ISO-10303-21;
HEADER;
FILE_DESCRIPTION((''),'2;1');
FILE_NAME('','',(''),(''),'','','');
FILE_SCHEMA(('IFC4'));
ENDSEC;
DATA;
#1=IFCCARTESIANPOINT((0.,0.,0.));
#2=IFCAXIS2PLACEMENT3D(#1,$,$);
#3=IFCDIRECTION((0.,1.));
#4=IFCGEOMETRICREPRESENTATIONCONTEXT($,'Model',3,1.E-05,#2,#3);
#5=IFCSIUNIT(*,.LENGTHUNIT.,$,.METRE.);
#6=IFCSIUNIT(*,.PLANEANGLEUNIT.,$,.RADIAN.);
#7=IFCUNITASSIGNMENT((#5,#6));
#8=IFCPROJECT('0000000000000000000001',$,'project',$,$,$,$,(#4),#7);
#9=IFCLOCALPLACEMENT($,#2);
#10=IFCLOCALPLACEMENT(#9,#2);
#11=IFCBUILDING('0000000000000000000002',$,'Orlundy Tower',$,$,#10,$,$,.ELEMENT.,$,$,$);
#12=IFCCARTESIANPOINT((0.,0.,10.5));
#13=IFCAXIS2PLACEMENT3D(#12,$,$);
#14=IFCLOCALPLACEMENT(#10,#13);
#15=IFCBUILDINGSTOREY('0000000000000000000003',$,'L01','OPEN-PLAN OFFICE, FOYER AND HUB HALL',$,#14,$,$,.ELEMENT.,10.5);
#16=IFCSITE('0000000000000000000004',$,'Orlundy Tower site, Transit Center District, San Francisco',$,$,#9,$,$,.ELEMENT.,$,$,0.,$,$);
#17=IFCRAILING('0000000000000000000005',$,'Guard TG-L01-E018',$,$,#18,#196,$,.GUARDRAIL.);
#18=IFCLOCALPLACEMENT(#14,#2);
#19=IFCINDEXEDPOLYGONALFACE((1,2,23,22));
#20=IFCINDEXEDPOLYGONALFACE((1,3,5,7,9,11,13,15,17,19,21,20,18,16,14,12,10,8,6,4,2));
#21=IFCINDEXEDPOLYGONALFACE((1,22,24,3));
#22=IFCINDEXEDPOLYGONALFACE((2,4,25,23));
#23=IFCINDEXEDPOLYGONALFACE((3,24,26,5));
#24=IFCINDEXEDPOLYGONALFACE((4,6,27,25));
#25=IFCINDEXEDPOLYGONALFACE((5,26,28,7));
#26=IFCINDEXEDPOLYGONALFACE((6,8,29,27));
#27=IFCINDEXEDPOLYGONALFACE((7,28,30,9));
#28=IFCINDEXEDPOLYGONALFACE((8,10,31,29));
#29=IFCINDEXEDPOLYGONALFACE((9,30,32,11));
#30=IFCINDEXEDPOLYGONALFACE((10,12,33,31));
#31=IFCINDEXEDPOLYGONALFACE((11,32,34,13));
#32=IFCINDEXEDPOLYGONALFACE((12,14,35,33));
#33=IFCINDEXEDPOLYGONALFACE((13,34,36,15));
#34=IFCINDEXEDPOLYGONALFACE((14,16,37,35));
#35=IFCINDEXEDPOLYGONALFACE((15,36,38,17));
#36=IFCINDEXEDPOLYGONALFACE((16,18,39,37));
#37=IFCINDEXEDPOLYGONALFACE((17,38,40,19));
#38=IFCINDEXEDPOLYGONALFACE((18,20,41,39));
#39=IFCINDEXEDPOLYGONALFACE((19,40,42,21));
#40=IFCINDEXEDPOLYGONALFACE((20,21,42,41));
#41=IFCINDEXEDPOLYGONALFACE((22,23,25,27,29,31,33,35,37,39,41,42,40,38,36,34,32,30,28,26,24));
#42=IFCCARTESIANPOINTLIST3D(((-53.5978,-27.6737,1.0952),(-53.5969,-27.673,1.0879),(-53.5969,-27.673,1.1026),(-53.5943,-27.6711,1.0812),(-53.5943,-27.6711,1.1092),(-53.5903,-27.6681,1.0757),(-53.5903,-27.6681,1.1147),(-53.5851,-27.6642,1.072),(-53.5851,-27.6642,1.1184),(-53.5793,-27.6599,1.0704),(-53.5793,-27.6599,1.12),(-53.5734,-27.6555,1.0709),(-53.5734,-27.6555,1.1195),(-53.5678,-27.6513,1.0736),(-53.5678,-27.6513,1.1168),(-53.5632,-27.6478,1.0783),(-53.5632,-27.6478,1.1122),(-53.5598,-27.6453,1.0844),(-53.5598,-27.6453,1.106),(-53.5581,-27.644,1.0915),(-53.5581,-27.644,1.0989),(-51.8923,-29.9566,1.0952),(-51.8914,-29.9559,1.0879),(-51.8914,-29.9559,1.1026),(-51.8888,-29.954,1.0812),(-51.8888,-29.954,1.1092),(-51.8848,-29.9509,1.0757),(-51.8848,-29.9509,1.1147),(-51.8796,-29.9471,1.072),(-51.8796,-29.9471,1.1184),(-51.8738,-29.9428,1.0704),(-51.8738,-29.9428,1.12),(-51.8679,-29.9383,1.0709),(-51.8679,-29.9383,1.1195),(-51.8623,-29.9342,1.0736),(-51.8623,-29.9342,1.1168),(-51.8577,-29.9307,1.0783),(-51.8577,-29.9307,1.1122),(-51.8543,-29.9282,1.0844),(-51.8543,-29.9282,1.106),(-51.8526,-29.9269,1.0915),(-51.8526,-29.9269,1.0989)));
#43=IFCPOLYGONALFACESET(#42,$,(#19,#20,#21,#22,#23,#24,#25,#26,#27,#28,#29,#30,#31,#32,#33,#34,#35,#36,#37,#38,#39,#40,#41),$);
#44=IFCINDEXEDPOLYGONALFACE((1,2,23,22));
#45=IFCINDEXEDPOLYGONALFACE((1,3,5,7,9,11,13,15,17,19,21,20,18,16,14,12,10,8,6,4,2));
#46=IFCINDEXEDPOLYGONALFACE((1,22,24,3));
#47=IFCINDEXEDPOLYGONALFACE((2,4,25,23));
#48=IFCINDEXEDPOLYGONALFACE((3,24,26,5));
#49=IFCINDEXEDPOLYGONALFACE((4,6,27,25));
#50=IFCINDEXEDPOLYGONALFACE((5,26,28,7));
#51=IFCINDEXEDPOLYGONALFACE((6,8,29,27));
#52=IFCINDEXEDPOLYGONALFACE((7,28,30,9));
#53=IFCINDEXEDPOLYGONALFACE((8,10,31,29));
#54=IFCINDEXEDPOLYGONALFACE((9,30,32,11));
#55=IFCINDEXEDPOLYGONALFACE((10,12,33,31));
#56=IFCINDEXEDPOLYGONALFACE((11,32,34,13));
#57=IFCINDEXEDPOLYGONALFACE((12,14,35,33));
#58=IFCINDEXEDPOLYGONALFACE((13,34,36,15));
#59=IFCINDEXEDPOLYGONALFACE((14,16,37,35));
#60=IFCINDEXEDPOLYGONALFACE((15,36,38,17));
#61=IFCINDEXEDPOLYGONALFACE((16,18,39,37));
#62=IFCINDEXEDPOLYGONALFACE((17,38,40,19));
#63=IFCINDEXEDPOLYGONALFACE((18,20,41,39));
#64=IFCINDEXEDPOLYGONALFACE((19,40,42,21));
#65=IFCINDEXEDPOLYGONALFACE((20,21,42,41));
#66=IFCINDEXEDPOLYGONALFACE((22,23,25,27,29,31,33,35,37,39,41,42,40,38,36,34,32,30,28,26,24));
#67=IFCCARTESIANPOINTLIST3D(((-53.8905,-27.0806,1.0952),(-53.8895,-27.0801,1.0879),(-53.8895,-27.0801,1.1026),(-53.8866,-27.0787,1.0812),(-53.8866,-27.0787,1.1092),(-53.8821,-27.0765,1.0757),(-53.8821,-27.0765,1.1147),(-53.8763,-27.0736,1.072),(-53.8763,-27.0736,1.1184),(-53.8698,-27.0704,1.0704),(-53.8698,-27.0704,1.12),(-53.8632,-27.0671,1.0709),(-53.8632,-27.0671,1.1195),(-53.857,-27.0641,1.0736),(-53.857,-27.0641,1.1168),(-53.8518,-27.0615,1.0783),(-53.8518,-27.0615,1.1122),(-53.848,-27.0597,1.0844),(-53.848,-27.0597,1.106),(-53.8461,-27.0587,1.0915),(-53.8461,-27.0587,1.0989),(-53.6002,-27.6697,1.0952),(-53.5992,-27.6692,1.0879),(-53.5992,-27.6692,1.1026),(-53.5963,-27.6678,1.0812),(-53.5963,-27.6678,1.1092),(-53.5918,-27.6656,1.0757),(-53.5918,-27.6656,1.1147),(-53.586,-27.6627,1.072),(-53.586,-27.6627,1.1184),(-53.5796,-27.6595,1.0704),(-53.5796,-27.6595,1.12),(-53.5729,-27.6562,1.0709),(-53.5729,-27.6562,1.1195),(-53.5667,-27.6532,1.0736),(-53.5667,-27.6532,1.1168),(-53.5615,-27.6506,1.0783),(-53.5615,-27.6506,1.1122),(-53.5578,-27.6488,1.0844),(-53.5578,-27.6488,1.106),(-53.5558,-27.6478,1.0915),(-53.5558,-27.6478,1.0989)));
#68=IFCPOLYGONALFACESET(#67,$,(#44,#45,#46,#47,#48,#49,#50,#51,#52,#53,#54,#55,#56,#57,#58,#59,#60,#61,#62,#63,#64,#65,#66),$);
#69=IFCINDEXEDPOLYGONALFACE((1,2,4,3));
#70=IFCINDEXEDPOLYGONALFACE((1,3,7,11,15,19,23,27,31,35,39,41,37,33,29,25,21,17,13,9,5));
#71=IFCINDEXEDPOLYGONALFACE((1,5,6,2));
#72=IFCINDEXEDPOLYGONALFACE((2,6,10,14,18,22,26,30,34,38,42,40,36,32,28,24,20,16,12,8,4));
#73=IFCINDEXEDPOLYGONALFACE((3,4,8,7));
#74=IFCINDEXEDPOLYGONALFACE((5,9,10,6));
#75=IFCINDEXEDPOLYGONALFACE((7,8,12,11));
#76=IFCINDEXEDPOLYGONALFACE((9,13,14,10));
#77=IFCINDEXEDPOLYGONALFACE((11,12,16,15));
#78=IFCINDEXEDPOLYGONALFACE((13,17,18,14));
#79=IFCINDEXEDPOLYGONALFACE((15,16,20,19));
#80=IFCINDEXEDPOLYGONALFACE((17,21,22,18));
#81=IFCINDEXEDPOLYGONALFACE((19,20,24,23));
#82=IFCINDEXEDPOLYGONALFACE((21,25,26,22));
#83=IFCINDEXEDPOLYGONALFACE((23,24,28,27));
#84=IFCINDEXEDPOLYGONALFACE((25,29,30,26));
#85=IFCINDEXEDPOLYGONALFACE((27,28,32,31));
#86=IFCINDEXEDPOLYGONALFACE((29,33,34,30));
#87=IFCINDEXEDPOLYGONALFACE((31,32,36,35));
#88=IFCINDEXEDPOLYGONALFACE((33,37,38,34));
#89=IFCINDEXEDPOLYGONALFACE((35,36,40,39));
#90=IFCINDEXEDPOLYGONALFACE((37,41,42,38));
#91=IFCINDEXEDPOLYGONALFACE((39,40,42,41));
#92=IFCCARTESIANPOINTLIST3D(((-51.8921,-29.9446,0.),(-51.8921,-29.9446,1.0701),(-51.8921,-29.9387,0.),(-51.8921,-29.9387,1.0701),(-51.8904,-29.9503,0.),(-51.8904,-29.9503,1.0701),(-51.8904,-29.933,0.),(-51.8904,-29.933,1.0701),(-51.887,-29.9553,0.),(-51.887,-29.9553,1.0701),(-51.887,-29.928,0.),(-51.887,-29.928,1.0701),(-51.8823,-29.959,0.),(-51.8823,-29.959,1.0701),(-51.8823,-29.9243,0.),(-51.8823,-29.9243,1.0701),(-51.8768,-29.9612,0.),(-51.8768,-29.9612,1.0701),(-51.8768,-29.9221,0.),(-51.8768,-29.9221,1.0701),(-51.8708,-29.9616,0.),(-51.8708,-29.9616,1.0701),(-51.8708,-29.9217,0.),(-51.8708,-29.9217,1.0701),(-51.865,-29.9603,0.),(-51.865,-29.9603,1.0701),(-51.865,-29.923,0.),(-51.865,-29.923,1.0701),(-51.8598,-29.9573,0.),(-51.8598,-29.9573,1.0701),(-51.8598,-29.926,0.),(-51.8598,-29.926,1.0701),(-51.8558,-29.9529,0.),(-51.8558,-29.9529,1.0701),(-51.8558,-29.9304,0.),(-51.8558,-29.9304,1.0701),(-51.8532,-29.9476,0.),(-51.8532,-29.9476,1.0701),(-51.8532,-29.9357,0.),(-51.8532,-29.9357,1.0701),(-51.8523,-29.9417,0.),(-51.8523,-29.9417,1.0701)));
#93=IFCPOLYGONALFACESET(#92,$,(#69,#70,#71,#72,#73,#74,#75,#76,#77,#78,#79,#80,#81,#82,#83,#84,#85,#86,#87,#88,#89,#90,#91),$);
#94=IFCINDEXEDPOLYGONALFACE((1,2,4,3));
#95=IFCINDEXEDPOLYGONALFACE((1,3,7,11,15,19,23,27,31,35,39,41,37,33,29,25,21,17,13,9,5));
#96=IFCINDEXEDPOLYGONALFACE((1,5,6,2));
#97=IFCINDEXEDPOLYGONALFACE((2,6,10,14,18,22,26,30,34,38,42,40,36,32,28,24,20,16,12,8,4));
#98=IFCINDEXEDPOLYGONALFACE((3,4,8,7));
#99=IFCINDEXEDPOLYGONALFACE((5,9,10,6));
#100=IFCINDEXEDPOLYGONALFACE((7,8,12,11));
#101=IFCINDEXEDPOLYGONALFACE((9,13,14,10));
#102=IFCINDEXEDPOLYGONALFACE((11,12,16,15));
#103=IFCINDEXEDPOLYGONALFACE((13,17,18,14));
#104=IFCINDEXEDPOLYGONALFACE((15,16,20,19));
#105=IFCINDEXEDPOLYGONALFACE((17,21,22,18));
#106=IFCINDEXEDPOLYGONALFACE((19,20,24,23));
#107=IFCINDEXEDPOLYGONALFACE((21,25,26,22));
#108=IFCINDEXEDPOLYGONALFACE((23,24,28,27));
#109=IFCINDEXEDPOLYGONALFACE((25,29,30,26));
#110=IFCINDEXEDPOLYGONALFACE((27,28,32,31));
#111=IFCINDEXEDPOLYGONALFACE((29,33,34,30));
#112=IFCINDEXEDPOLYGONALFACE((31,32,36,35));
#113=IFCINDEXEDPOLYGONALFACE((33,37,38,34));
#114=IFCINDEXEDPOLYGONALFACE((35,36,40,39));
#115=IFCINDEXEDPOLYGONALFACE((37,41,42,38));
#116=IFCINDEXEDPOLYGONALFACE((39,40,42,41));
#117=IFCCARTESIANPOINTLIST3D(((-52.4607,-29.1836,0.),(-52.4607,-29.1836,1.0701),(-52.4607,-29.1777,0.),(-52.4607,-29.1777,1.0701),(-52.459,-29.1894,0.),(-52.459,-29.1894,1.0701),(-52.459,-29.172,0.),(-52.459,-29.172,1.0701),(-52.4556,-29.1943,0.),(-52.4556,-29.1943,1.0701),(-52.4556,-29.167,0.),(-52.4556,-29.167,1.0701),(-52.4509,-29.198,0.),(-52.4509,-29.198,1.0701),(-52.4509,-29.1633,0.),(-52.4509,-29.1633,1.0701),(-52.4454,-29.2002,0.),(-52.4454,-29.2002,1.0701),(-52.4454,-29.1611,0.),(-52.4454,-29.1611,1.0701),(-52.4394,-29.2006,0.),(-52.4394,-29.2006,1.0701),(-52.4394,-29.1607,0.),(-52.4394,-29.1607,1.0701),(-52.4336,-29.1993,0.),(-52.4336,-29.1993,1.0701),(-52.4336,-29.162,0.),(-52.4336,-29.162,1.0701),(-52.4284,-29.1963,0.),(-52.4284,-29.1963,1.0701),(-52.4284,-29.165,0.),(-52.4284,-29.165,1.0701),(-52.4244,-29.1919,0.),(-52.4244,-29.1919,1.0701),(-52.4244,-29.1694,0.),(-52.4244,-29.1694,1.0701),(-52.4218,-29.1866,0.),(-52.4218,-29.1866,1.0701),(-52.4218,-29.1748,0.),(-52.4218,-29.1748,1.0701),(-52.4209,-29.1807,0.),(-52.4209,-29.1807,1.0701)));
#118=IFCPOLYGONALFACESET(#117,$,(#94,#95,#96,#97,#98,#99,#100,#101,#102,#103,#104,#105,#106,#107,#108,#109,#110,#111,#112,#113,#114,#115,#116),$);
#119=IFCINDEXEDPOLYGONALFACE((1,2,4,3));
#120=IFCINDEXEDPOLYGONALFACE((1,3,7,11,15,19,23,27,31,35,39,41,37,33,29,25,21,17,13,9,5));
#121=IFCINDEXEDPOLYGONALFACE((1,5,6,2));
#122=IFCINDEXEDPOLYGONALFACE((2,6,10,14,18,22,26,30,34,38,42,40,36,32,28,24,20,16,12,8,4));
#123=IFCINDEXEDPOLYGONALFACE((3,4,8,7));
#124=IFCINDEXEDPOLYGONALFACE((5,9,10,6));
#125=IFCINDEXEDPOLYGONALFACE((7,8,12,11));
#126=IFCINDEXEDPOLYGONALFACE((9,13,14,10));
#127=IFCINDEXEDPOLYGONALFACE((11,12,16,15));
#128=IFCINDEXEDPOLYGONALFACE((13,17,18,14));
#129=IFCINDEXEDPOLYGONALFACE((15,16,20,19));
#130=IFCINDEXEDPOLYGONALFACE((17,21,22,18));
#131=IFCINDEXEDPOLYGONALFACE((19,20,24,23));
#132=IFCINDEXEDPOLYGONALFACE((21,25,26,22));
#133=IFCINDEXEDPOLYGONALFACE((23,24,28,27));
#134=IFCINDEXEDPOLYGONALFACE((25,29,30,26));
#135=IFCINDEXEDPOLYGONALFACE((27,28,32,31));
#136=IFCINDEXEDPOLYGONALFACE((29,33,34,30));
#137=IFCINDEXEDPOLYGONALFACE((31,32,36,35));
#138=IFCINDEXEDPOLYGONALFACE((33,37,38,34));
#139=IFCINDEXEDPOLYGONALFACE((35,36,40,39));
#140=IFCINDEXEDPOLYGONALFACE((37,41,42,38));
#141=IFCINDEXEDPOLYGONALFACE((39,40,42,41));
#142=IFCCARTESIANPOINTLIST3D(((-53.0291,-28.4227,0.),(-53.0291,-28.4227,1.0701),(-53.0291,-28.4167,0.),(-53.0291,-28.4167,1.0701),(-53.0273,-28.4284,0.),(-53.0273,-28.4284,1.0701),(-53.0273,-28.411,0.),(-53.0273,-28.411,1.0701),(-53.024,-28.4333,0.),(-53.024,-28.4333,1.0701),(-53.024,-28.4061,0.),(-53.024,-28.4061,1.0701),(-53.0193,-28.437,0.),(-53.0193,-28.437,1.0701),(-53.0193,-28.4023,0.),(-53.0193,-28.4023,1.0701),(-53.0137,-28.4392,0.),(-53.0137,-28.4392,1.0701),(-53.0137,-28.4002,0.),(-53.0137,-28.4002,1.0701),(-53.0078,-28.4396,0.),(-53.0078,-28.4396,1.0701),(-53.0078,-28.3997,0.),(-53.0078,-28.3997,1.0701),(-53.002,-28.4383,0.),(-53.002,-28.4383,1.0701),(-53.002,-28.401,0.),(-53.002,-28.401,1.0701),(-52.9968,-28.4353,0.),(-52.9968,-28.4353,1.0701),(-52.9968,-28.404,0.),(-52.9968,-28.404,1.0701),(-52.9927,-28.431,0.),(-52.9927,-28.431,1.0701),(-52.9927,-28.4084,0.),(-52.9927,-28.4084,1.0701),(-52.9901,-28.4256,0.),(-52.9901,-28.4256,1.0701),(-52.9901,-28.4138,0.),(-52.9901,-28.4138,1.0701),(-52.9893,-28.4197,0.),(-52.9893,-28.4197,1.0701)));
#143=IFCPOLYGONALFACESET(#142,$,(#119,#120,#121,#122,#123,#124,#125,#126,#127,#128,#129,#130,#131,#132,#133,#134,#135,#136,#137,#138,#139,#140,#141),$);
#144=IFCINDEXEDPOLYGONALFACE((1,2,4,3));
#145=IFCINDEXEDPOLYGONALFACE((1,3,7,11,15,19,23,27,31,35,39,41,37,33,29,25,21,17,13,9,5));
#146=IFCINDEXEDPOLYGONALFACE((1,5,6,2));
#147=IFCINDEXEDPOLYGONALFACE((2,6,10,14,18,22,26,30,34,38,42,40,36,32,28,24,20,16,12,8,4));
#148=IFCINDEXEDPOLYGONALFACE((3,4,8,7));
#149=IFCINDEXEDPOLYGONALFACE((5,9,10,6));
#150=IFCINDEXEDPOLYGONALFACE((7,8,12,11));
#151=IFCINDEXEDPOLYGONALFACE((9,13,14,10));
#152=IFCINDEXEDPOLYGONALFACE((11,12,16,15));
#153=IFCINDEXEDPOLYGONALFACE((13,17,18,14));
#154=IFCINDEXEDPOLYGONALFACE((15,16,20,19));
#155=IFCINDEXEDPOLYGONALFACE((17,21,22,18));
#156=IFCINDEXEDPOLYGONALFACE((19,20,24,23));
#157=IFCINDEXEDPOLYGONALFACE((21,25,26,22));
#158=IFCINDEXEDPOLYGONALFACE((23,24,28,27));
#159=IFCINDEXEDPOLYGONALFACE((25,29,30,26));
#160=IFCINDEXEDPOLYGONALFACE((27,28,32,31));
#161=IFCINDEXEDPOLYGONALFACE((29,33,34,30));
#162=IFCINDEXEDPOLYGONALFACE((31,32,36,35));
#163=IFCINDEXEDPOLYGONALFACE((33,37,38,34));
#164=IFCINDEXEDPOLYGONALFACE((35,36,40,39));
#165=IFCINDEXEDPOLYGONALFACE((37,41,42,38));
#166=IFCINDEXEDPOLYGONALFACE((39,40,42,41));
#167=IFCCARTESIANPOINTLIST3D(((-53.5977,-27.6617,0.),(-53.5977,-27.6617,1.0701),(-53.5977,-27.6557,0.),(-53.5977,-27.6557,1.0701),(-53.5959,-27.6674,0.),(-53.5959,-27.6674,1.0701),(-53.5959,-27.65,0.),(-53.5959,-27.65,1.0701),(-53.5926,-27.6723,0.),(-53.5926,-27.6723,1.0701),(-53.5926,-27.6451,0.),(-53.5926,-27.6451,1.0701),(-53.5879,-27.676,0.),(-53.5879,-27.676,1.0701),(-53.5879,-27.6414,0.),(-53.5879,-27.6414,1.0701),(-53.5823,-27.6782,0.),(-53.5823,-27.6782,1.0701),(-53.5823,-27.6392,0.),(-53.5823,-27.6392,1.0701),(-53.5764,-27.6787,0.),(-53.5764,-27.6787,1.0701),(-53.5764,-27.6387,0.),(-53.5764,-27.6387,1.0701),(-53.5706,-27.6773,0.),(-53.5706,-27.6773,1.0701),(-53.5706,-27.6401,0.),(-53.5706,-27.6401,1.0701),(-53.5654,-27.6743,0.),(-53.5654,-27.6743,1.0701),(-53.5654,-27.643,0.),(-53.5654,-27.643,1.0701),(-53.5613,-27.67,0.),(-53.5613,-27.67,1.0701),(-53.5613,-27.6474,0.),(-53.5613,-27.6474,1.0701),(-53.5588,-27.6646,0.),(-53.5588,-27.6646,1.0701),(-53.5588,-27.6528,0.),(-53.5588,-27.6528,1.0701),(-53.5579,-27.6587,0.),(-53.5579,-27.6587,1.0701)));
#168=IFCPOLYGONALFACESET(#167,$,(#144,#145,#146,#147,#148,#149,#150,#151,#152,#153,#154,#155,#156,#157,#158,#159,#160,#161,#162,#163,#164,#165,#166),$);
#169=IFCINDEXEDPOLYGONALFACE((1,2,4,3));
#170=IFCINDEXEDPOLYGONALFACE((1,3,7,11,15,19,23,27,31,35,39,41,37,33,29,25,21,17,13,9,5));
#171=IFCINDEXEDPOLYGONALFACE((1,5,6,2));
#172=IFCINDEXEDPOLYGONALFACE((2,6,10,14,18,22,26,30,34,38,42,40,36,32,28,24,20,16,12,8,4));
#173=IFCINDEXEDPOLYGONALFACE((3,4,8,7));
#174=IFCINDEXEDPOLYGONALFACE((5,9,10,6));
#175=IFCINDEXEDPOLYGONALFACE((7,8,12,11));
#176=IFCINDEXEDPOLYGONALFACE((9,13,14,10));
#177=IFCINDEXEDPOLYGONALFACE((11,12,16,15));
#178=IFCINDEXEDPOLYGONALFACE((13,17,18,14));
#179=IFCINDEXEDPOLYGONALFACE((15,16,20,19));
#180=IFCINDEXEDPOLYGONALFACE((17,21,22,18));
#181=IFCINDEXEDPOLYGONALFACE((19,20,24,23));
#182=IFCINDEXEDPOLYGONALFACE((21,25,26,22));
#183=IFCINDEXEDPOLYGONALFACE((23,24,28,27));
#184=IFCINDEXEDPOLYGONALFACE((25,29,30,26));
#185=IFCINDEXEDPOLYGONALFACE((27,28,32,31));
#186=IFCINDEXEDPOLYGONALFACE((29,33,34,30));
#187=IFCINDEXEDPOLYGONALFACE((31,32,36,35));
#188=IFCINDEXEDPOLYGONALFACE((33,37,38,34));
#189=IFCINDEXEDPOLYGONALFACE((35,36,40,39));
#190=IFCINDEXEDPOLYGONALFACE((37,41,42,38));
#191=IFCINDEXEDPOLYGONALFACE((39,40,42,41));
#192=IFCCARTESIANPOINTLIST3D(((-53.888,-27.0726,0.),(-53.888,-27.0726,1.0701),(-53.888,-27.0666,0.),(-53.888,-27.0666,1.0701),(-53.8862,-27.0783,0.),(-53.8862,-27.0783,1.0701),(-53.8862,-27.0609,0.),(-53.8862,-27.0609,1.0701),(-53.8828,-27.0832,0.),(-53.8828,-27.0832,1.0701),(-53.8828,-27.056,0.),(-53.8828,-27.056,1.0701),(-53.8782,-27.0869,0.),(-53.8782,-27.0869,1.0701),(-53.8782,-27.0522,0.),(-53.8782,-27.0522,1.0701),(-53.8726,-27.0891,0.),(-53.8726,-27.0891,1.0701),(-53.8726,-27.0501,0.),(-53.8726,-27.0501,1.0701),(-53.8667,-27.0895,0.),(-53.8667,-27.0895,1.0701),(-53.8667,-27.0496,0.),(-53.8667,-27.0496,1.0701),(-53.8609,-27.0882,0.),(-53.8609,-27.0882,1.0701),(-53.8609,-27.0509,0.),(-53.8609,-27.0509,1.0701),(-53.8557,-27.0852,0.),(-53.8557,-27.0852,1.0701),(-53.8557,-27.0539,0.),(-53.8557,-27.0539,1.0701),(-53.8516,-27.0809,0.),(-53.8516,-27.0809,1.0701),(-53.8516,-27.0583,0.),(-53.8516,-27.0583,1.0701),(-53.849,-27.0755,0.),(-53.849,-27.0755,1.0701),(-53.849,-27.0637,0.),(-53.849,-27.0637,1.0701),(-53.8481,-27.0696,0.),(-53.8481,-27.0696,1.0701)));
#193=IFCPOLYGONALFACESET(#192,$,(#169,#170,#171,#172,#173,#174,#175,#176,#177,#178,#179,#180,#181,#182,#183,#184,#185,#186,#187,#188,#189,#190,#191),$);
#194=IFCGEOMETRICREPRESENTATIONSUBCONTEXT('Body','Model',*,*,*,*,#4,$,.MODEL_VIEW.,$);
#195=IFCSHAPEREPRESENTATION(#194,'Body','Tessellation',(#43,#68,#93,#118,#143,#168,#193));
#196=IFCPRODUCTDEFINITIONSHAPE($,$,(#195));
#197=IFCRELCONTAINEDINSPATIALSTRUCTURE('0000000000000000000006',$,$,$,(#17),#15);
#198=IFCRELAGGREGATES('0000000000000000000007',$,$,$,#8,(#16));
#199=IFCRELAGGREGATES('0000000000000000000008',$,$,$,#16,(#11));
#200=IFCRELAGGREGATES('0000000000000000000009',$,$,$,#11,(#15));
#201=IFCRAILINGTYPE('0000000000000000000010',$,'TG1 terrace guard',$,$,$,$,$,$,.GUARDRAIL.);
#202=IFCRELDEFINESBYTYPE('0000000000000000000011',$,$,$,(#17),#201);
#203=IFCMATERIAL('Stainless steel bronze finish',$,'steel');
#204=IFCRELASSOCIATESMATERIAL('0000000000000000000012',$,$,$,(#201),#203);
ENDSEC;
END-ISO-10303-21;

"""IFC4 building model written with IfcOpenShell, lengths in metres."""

from ifc_helpers import new_model, si_unit, direction, frame, origin, origin_2d, place, context, subcontext, project, spatial, circle, extrude, material, type_object, element, save


model = new_model("IFC4")

# Units and contexts
model_context = context("Model", 3, precision=1e-05, world=origin(), true_north=direction((0.0, 1.0)))
body_context = subcontext(model_context, "Body", "Model", "MODEL_VIEW")
ifc_project = project(units=[si_unit("LENGTHUNIT", "METRE"), si_unit("PLANEANGLEUNIT", "RADIAN")], contexts=[model_context])

# Site, building, storey
site_placement = place(None, origin())
site = spatial("IfcSite", under=ifc_project, at=site_placement, Name="Orlundy Tower site, Transit Center District, San Francisco", CompositionType="ELEMENT", RefElevation=0.0)
building_placement = place(site_placement, origin())
building = spatial("IfcBuilding", under=site, at=building_placement, Name="Orlundy Tower", CompositionType="ELEMENT")
storey_placement = place(building_placement, frame((0.0, 0.0, 10.5)))
storey = spatial("IfcBuildingStorey", under=building, at=storey_placement, Name="L01", Description="OPEN-PLAN OFFICE, FOYER AND HUB HALL", CompositionType="ELEMENT", Elevation=10.5)

# Railing
ifc_material_1 = material(Name="Stainless steel bronze finish", Category="steel")
railing_type = type_object("IfcRailingType", Name="TG1 terrace guard", PredefinedType="GUARDRAIL", material=ifc_material_1)
railing_1_placement = place(storey_placement, frame((-51.8723, -29.9417, 0.0)))
element("IfcRailing", 1, at=railing_1_placement, inside=storey, type_object=railing_type, Name="Guard TG-L01-E018", PredefinedType="GUARDRAIL", context=body_context, shape_type="SweptSolid", body=[
    extrude(circle(Radius=0.0249, at=origin_2d()), frame((0.0, 0.0, 1.0952), z_axis=(-0.598505, 0.801119, 0.0), x_axis=(-0.801119, -0.598505, 0.0)), (0.0, 0.0, 1.0), 2.8496),
    extrude(circle(Radius=0.0249, at=origin_2d()), frame((-1.7056, 2.283, 1.0952), z_axis=(-0.442002, 0.897014, 0.0), x_axis=(-0.897014, -0.442002, 0.0)), (0.0, 0.0, 1.0), 0.6567),
    extrude(circle(Radius=0.02, at=origin_2d()), origin(), (0.0, 0.0, 1.0), 1.0701),
    extrude(circle(Radius=0.02, at=origin_2d()), frame((-0.5686, 0.761, 0.0)), (0.0, 0.0, 1.0), 1.0701),
    extrude(circle(Radius=0.02, at=origin_2d()), frame((-1.137, 1.522, 0.0)), (0.0, 0.0, 1.0), 1.0701),
    extrude(circle(Radius=0.02, at=origin_2d()), frame((-1.7056, 2.283, 0.0)), (0.0, 0.0, 1.0), 1.0701),
    extrude(circle(Radius=0.02, at=origin_2d()), frame((-1.9958, 2.8721, 0.0)), (0.0, 0.0, 1.0), 1.0701),
])

save(model, "model.ifc")
